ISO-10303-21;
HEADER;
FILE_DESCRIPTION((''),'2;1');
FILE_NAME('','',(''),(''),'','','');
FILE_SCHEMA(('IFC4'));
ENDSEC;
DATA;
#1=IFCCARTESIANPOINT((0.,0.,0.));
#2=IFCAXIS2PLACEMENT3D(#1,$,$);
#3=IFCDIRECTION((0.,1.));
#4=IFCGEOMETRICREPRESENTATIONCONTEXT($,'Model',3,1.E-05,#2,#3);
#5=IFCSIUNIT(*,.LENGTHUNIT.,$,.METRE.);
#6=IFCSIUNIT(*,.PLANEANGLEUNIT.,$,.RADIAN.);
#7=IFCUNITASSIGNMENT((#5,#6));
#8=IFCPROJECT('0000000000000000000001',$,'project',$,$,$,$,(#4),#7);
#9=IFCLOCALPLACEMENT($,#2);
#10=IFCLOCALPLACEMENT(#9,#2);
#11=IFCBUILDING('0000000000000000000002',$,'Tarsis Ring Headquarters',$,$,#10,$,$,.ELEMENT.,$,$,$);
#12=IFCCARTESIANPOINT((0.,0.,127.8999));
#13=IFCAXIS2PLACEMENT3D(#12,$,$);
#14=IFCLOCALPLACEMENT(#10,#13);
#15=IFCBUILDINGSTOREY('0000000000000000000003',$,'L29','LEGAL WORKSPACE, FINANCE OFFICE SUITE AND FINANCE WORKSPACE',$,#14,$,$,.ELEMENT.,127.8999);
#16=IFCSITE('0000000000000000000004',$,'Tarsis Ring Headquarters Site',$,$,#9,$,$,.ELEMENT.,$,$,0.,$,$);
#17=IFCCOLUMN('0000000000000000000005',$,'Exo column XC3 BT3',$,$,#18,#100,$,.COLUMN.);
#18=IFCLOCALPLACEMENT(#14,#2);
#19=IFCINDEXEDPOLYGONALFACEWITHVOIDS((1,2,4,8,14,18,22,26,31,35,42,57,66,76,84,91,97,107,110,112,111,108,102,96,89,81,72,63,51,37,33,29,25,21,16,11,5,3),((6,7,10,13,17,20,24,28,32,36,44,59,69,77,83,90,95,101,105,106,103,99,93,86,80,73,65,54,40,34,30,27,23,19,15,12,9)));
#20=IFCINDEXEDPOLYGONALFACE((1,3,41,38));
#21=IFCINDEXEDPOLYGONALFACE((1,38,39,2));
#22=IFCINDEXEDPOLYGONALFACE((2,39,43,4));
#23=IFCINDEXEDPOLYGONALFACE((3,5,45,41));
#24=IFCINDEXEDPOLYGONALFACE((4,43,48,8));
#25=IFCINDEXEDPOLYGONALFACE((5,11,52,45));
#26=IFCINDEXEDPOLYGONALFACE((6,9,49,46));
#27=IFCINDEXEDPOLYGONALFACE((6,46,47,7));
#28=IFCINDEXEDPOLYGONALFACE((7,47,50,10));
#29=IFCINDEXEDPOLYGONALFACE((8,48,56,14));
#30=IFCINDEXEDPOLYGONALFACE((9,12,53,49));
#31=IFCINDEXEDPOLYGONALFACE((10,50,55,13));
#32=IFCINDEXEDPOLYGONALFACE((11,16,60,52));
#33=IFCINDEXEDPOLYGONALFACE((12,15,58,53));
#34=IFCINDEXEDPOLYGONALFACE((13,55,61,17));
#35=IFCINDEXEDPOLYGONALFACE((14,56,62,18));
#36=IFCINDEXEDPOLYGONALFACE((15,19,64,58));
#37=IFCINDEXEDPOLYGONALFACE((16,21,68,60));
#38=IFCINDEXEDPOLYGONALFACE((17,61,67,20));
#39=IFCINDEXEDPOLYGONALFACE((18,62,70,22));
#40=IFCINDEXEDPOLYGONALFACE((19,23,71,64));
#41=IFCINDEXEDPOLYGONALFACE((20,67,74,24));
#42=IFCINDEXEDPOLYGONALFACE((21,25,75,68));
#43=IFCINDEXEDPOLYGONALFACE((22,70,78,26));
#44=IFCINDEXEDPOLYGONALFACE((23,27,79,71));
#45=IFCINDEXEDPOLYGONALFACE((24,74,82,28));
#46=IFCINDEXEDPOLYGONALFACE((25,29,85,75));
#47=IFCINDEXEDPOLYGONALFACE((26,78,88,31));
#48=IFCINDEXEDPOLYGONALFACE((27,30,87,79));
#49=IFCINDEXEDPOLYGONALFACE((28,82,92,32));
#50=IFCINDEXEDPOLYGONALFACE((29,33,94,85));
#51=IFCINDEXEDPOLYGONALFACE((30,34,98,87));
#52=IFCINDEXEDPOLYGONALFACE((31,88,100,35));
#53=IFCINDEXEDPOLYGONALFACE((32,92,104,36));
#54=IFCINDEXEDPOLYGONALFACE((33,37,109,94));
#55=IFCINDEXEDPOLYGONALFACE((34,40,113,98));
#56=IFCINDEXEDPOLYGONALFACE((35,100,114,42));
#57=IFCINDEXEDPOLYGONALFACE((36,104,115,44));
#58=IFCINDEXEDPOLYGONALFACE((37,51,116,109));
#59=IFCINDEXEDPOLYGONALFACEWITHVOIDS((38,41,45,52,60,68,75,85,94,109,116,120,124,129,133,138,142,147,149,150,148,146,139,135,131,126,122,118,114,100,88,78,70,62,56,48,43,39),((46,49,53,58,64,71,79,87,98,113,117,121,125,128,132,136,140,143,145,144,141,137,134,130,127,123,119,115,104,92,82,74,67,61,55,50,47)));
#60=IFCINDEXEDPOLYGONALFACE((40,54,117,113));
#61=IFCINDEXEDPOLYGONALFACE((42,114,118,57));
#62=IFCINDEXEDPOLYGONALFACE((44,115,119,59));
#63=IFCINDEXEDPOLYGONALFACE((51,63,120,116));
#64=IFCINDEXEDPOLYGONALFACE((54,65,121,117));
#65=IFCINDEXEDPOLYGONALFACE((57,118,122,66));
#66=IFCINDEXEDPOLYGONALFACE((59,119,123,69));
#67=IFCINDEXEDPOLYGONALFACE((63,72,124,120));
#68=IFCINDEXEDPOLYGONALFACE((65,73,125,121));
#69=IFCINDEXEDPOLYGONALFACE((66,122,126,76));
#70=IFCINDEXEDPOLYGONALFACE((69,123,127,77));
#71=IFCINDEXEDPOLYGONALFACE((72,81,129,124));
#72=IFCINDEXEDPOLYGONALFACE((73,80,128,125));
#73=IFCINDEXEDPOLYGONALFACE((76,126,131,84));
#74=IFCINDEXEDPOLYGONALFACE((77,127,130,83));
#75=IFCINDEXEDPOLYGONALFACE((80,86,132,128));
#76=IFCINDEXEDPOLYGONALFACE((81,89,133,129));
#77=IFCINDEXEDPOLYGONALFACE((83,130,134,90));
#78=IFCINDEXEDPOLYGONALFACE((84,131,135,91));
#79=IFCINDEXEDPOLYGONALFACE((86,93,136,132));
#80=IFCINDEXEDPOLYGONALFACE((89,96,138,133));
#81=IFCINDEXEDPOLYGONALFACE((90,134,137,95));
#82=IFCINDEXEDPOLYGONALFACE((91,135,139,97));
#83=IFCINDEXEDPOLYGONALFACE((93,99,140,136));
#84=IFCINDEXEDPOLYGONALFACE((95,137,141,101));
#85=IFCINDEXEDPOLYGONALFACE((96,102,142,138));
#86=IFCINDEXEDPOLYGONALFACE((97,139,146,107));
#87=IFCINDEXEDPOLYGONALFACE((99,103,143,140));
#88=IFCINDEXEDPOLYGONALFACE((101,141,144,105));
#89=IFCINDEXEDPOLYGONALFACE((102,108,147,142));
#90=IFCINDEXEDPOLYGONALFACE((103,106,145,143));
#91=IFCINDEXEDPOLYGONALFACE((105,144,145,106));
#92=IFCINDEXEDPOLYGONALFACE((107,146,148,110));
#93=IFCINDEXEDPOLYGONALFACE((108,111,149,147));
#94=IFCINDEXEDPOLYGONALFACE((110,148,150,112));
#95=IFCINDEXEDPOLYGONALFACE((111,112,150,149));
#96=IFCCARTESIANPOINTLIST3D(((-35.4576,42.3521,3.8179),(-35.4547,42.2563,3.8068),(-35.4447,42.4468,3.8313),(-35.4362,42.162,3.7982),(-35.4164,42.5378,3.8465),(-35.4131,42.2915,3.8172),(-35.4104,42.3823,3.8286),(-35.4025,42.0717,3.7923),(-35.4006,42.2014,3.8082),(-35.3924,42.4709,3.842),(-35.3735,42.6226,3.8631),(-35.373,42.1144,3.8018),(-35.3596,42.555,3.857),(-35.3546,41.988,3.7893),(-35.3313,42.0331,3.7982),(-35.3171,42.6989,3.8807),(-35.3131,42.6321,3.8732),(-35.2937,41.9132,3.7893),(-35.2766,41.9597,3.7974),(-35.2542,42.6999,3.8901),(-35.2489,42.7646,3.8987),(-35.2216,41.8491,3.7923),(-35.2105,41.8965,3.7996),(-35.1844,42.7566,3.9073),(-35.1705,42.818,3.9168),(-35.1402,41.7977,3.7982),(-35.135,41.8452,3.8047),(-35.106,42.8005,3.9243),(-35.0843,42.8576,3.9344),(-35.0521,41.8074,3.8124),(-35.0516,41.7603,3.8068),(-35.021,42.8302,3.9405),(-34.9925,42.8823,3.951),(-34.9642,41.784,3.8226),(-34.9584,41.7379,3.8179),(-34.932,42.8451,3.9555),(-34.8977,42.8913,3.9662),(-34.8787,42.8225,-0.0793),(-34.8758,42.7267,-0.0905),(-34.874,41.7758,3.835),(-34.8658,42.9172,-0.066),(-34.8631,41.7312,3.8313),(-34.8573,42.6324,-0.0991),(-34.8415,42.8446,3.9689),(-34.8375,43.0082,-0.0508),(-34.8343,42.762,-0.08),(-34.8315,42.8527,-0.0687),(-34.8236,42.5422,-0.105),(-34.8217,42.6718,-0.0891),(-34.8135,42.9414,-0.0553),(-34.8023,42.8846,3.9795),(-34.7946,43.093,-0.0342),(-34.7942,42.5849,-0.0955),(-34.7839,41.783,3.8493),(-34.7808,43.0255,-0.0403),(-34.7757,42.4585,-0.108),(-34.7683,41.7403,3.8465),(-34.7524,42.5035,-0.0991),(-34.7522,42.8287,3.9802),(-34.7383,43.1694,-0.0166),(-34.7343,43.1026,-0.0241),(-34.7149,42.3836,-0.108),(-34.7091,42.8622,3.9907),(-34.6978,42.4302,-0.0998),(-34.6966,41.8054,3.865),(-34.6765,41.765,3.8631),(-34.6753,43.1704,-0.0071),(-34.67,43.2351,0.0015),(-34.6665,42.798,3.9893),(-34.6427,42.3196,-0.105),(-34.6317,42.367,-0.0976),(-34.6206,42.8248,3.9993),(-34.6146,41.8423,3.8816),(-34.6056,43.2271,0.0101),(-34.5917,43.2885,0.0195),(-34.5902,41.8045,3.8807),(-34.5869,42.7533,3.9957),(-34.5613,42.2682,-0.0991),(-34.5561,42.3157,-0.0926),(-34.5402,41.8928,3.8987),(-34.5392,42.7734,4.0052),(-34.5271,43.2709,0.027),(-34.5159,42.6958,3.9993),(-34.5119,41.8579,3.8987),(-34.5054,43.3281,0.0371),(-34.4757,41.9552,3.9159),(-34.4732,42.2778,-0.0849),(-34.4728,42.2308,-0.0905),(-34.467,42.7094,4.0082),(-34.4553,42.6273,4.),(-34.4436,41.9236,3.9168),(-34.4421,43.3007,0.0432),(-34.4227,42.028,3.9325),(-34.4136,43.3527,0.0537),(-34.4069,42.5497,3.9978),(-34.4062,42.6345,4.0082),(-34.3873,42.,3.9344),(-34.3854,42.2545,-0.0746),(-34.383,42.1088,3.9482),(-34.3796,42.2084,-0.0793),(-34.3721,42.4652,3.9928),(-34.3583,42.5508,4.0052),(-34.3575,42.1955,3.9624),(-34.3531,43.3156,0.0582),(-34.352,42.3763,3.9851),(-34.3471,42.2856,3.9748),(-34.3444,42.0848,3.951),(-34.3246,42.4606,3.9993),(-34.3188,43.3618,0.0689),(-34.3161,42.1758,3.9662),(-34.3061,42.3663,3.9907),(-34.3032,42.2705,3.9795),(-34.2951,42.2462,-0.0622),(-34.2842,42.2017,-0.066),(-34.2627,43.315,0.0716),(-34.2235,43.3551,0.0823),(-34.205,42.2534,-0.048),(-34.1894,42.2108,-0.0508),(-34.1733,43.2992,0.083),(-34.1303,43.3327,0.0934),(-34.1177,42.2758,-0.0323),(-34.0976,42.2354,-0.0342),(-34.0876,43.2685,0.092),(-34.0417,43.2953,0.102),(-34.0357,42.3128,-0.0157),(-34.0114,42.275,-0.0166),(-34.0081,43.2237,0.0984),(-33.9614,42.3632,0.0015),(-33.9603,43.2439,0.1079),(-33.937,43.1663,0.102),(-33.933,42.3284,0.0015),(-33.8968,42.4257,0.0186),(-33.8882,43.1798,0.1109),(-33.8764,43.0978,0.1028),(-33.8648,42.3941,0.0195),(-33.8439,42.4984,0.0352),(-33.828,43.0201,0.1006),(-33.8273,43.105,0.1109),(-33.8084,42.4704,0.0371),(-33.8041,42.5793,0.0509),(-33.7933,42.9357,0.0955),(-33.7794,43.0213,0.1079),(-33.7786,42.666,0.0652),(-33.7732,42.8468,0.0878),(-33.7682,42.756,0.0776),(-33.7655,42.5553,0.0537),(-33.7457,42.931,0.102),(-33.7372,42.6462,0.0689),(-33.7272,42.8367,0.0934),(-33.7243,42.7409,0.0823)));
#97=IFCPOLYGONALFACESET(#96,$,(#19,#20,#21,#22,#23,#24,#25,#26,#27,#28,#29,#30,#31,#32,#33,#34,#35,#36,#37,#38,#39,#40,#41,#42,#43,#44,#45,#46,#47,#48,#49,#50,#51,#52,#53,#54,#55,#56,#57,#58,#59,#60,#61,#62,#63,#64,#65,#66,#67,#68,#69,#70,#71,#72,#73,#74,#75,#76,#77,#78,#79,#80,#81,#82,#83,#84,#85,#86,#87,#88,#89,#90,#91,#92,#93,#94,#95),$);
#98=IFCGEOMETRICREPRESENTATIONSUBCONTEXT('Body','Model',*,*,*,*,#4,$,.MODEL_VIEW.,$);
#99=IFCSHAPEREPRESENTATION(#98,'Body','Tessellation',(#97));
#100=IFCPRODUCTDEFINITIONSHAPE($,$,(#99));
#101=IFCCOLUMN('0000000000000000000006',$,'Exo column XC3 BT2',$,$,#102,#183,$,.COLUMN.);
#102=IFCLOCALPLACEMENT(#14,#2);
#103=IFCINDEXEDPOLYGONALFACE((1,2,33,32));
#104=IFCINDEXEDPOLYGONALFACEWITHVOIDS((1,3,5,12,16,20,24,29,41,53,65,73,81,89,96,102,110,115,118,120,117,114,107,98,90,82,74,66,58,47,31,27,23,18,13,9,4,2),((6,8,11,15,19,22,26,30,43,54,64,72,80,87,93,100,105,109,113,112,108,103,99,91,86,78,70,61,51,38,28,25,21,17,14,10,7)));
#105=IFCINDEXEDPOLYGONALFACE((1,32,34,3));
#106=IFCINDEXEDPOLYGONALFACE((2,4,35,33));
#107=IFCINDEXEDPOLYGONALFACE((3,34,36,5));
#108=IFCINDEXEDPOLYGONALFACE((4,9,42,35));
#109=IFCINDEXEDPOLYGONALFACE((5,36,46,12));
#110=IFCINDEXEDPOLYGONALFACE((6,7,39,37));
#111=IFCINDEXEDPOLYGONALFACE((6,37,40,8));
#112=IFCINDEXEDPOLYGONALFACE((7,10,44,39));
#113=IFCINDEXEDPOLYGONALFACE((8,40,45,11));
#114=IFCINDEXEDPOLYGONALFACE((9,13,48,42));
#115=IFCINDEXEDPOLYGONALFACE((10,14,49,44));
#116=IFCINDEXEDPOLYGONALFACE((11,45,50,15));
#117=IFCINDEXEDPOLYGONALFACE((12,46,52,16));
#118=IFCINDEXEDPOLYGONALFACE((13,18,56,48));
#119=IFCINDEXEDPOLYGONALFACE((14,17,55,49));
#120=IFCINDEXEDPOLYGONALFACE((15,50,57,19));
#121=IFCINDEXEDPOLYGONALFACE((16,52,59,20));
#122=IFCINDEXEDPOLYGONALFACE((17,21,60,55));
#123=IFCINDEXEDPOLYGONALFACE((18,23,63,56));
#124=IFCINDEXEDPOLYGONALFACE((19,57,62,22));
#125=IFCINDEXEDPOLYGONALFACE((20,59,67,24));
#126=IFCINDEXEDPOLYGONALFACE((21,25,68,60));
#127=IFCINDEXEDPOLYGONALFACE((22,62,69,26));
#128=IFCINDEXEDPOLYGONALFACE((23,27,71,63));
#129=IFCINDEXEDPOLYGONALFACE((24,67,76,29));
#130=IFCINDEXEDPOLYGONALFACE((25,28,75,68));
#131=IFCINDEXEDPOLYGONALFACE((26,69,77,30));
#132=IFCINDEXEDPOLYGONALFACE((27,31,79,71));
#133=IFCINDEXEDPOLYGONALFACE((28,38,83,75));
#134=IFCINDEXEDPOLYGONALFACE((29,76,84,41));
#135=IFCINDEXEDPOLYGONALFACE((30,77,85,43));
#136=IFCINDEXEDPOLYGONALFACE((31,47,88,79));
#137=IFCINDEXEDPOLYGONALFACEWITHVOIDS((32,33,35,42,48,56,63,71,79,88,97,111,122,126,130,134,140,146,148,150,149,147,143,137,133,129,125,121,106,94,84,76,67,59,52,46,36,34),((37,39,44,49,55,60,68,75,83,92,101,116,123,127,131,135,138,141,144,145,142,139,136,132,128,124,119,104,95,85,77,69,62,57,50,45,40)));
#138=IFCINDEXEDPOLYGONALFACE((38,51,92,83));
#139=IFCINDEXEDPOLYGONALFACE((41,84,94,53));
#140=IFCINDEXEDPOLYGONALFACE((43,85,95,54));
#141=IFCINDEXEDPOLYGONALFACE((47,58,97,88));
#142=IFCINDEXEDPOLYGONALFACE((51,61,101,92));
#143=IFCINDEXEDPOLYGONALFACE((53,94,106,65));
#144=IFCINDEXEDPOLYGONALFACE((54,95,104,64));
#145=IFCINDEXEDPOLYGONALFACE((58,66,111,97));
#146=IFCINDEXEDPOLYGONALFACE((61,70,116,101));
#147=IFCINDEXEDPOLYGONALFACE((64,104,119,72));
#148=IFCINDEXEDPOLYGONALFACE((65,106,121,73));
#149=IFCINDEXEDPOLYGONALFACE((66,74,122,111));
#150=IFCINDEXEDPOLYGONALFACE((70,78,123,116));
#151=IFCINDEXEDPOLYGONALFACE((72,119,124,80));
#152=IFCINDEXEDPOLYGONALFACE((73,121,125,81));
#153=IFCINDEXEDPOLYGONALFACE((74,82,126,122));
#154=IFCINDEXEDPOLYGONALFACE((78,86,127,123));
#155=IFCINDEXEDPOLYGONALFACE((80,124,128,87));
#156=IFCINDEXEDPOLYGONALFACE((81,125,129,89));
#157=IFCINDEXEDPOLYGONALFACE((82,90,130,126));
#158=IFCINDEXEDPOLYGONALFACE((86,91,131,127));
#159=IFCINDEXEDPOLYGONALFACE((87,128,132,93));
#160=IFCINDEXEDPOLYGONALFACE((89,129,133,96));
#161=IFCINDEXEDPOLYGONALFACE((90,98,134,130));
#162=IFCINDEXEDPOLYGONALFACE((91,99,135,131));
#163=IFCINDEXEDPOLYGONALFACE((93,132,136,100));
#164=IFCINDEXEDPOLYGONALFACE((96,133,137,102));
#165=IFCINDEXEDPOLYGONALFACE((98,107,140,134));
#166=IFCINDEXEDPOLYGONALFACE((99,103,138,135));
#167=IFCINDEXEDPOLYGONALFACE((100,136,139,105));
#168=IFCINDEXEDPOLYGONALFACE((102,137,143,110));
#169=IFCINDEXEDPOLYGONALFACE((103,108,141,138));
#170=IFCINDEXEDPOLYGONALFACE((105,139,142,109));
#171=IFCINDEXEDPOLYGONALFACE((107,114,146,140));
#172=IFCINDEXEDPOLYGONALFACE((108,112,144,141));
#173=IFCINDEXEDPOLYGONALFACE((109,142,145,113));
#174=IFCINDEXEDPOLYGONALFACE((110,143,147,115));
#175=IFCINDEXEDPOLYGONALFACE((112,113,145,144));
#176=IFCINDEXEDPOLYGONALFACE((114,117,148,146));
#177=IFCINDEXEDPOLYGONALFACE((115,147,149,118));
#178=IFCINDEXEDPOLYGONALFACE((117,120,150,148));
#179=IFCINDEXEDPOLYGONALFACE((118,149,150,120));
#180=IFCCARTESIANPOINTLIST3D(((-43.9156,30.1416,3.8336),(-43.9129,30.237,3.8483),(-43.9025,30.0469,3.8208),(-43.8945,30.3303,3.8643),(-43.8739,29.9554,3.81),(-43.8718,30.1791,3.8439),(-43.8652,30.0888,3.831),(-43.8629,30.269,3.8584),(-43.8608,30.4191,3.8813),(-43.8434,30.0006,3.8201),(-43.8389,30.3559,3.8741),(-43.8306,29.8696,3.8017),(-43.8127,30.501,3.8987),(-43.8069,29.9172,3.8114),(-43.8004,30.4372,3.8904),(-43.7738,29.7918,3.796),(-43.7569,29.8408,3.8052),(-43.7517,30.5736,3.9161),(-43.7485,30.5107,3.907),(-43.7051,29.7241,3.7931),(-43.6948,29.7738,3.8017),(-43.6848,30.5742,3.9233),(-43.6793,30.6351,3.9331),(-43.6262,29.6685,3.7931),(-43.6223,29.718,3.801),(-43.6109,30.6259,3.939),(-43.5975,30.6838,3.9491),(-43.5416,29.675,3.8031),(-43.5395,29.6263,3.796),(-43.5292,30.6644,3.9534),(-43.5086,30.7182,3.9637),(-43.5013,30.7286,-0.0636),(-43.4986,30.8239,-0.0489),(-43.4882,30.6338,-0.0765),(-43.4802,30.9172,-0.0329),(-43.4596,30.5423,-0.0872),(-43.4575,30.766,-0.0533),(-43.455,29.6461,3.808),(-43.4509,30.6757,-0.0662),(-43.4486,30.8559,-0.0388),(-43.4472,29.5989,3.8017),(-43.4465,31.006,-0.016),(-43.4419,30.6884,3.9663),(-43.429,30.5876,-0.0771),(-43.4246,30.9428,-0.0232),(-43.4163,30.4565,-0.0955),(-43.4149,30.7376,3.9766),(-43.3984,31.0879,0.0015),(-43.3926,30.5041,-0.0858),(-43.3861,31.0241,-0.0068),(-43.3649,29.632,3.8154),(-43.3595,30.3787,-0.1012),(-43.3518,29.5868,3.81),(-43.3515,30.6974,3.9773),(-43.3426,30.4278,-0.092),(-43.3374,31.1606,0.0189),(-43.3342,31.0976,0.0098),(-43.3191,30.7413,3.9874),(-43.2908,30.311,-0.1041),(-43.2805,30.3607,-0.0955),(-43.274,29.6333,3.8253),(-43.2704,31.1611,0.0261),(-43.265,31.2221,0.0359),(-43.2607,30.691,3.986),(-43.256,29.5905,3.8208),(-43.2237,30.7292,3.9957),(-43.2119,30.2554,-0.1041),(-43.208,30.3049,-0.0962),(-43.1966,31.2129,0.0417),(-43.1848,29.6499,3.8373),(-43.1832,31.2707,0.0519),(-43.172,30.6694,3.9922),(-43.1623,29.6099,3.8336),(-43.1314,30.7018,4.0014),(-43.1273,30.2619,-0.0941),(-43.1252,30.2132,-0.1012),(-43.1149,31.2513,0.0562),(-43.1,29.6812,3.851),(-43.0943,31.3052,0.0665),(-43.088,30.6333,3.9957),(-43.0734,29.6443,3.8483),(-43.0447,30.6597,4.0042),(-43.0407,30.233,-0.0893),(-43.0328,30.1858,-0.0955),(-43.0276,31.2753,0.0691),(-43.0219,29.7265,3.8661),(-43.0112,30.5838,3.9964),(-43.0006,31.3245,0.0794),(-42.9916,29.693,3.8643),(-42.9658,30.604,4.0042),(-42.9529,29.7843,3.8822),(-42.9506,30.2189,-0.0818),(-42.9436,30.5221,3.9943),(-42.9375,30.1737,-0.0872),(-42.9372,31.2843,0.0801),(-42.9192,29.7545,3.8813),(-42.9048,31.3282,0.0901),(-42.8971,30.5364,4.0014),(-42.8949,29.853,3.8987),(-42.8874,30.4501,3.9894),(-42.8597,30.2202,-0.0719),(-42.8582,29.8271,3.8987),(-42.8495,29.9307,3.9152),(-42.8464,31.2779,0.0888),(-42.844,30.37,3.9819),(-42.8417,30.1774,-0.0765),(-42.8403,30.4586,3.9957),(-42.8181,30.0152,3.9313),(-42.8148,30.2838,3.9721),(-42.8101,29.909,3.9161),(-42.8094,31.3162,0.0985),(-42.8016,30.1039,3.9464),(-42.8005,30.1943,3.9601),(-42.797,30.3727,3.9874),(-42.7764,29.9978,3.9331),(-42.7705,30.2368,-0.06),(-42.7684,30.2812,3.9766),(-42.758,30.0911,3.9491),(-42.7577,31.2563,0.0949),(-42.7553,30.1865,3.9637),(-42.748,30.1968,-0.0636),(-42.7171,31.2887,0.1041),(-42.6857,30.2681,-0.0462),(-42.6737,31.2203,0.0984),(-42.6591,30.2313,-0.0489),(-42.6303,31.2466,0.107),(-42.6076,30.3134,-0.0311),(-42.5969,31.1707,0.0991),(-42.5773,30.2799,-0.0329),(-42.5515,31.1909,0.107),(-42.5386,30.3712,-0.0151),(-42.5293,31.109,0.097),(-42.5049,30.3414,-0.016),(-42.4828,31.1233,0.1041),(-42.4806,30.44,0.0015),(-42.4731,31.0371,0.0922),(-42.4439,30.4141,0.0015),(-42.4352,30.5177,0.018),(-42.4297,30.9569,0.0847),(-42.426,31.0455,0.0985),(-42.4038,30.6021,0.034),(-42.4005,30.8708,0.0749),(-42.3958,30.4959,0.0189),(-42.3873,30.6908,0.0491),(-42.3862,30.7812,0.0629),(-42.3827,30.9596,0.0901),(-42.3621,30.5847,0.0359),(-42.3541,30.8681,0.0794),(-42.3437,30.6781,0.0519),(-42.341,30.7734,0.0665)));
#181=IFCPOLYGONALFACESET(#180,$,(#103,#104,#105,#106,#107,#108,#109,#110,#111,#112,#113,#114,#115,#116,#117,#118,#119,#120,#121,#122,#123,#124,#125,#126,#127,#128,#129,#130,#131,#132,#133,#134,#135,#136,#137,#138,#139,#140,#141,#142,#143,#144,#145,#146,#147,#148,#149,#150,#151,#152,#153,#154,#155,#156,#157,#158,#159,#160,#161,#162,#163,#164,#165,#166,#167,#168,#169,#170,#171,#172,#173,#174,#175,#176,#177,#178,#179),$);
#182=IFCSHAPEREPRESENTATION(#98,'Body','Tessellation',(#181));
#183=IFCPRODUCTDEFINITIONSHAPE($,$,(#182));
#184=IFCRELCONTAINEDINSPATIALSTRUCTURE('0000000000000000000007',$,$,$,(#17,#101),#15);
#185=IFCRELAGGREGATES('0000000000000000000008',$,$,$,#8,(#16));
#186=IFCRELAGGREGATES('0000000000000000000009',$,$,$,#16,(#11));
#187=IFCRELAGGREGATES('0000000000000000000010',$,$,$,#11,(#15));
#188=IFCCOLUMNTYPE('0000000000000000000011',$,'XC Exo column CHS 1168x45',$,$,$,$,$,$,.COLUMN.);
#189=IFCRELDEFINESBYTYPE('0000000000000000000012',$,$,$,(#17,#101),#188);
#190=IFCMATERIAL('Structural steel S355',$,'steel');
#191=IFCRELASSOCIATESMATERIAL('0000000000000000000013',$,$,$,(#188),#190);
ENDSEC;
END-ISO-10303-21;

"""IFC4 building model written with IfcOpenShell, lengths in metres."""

from ifc_helpers import new_model, si_unit, direction, frame, origin, origin_2d, place, context, subcontext, project, spatial, hollow_circle, extrude, material, material_profile, profile_set, type_object, element, save


model = new_model("IFC4")

# Units and contexts
model_context = context("Model", 3, precision=1e-05, world=origin(), true_north=direction((0.0, 1.0)))
body_context = subcontext(model_context, "Body", "Model", "MODEL_VIEW")
ifc_project = project(units=[si_unit("LENGTHUNIT", "METRE"), si_unit("PLANEANGLEUNIT", "RADIAN")], contexts=[model_context])

# Site, building, storey
site_placement = place(None, origin())
site = spatial("IfcSite", under=ifc_project, at=site_placement, Name="Tarsis Ring Headquarters Site", CompositionType="ELEMENT", RefElevation=0.0)
building_placement = place(site_placement, origin())
building = spatial("IfcBuilding", under=site, at=building_placement, Name="Tarsis Ring Headquarters", CompositionType="ELEMENT")
storey_placement = place(building_placement, frame((0.0, 0.0, 127.8999)))
storey = spatial("IfcBuildingStorey", under=building, at=storey_placement, Name="L29", Description="LEGAL WORKSPACE, FINANCE OFFICE SUITE AND FINANCE WORKSPACE", CompositionType="ELEMENT", Elevation=127.8999)

# Columns
ifc_material_1 = material(Name="Structural steel S355", Category="steel")
ifc_material_profile_1 = material_profile(ifc_material_1, hollow_circle(Radius=0.5842, WallThickness=0.0449, at=origin_2d()), Name="CHS 1168x45")
ifc_profile_set_1 = profile_set([ifc_material_profile_1], Name="Structural steel S355")
column_type = type_object("IfcColumnType", Name="XC Exo column CHS 1168x45", PredefinedType="COLUMN", material=ifc_profile_set_1)
column_1_placement = place(storey_placement, frame((-34.3015, 42.7817, 0.0015), z_axis=(-0.145883, -0.118564, 0.982171), x_axis=(0.630704, -0.776024, 0.0)))
element("IfcColumn", 1, at=column_1_placement, inside=storey, type_object=column_type, Name="Exo column XC3 BT3", PredefinedType="COLUMN", context=body_context, shape_type="SweptSolid", body=[
    extrude(hollow_circle(Radius=0.5842, WallThickness=0.0449, at=origin_2d()), origin(), (0.0, 0.0, 1.0), 3.968),
])
column_2_placement = place(storey_placement, frame((-42.9211, 30.751, 0.0015), z_axis=(-0.104547, -0.148103, 0.98343), x_axis=(0.816958, -0.576697, 0.0)))
element("IfcColumn", 2, at=column_2_placement, inside=storey, type_object=column_type, Name="Exo column XC3 BT2", PredefinedType="COLUMN", context=body_context, shape_type="SweptSolid", body=[
    extrude(hollow_circle(Radius=0.5842, WallThickness=0.0449, at=origin_2d()), origin(), (0.0, 0.0, 1.0), 3.9629),
])

save(model, "model.ifc")
